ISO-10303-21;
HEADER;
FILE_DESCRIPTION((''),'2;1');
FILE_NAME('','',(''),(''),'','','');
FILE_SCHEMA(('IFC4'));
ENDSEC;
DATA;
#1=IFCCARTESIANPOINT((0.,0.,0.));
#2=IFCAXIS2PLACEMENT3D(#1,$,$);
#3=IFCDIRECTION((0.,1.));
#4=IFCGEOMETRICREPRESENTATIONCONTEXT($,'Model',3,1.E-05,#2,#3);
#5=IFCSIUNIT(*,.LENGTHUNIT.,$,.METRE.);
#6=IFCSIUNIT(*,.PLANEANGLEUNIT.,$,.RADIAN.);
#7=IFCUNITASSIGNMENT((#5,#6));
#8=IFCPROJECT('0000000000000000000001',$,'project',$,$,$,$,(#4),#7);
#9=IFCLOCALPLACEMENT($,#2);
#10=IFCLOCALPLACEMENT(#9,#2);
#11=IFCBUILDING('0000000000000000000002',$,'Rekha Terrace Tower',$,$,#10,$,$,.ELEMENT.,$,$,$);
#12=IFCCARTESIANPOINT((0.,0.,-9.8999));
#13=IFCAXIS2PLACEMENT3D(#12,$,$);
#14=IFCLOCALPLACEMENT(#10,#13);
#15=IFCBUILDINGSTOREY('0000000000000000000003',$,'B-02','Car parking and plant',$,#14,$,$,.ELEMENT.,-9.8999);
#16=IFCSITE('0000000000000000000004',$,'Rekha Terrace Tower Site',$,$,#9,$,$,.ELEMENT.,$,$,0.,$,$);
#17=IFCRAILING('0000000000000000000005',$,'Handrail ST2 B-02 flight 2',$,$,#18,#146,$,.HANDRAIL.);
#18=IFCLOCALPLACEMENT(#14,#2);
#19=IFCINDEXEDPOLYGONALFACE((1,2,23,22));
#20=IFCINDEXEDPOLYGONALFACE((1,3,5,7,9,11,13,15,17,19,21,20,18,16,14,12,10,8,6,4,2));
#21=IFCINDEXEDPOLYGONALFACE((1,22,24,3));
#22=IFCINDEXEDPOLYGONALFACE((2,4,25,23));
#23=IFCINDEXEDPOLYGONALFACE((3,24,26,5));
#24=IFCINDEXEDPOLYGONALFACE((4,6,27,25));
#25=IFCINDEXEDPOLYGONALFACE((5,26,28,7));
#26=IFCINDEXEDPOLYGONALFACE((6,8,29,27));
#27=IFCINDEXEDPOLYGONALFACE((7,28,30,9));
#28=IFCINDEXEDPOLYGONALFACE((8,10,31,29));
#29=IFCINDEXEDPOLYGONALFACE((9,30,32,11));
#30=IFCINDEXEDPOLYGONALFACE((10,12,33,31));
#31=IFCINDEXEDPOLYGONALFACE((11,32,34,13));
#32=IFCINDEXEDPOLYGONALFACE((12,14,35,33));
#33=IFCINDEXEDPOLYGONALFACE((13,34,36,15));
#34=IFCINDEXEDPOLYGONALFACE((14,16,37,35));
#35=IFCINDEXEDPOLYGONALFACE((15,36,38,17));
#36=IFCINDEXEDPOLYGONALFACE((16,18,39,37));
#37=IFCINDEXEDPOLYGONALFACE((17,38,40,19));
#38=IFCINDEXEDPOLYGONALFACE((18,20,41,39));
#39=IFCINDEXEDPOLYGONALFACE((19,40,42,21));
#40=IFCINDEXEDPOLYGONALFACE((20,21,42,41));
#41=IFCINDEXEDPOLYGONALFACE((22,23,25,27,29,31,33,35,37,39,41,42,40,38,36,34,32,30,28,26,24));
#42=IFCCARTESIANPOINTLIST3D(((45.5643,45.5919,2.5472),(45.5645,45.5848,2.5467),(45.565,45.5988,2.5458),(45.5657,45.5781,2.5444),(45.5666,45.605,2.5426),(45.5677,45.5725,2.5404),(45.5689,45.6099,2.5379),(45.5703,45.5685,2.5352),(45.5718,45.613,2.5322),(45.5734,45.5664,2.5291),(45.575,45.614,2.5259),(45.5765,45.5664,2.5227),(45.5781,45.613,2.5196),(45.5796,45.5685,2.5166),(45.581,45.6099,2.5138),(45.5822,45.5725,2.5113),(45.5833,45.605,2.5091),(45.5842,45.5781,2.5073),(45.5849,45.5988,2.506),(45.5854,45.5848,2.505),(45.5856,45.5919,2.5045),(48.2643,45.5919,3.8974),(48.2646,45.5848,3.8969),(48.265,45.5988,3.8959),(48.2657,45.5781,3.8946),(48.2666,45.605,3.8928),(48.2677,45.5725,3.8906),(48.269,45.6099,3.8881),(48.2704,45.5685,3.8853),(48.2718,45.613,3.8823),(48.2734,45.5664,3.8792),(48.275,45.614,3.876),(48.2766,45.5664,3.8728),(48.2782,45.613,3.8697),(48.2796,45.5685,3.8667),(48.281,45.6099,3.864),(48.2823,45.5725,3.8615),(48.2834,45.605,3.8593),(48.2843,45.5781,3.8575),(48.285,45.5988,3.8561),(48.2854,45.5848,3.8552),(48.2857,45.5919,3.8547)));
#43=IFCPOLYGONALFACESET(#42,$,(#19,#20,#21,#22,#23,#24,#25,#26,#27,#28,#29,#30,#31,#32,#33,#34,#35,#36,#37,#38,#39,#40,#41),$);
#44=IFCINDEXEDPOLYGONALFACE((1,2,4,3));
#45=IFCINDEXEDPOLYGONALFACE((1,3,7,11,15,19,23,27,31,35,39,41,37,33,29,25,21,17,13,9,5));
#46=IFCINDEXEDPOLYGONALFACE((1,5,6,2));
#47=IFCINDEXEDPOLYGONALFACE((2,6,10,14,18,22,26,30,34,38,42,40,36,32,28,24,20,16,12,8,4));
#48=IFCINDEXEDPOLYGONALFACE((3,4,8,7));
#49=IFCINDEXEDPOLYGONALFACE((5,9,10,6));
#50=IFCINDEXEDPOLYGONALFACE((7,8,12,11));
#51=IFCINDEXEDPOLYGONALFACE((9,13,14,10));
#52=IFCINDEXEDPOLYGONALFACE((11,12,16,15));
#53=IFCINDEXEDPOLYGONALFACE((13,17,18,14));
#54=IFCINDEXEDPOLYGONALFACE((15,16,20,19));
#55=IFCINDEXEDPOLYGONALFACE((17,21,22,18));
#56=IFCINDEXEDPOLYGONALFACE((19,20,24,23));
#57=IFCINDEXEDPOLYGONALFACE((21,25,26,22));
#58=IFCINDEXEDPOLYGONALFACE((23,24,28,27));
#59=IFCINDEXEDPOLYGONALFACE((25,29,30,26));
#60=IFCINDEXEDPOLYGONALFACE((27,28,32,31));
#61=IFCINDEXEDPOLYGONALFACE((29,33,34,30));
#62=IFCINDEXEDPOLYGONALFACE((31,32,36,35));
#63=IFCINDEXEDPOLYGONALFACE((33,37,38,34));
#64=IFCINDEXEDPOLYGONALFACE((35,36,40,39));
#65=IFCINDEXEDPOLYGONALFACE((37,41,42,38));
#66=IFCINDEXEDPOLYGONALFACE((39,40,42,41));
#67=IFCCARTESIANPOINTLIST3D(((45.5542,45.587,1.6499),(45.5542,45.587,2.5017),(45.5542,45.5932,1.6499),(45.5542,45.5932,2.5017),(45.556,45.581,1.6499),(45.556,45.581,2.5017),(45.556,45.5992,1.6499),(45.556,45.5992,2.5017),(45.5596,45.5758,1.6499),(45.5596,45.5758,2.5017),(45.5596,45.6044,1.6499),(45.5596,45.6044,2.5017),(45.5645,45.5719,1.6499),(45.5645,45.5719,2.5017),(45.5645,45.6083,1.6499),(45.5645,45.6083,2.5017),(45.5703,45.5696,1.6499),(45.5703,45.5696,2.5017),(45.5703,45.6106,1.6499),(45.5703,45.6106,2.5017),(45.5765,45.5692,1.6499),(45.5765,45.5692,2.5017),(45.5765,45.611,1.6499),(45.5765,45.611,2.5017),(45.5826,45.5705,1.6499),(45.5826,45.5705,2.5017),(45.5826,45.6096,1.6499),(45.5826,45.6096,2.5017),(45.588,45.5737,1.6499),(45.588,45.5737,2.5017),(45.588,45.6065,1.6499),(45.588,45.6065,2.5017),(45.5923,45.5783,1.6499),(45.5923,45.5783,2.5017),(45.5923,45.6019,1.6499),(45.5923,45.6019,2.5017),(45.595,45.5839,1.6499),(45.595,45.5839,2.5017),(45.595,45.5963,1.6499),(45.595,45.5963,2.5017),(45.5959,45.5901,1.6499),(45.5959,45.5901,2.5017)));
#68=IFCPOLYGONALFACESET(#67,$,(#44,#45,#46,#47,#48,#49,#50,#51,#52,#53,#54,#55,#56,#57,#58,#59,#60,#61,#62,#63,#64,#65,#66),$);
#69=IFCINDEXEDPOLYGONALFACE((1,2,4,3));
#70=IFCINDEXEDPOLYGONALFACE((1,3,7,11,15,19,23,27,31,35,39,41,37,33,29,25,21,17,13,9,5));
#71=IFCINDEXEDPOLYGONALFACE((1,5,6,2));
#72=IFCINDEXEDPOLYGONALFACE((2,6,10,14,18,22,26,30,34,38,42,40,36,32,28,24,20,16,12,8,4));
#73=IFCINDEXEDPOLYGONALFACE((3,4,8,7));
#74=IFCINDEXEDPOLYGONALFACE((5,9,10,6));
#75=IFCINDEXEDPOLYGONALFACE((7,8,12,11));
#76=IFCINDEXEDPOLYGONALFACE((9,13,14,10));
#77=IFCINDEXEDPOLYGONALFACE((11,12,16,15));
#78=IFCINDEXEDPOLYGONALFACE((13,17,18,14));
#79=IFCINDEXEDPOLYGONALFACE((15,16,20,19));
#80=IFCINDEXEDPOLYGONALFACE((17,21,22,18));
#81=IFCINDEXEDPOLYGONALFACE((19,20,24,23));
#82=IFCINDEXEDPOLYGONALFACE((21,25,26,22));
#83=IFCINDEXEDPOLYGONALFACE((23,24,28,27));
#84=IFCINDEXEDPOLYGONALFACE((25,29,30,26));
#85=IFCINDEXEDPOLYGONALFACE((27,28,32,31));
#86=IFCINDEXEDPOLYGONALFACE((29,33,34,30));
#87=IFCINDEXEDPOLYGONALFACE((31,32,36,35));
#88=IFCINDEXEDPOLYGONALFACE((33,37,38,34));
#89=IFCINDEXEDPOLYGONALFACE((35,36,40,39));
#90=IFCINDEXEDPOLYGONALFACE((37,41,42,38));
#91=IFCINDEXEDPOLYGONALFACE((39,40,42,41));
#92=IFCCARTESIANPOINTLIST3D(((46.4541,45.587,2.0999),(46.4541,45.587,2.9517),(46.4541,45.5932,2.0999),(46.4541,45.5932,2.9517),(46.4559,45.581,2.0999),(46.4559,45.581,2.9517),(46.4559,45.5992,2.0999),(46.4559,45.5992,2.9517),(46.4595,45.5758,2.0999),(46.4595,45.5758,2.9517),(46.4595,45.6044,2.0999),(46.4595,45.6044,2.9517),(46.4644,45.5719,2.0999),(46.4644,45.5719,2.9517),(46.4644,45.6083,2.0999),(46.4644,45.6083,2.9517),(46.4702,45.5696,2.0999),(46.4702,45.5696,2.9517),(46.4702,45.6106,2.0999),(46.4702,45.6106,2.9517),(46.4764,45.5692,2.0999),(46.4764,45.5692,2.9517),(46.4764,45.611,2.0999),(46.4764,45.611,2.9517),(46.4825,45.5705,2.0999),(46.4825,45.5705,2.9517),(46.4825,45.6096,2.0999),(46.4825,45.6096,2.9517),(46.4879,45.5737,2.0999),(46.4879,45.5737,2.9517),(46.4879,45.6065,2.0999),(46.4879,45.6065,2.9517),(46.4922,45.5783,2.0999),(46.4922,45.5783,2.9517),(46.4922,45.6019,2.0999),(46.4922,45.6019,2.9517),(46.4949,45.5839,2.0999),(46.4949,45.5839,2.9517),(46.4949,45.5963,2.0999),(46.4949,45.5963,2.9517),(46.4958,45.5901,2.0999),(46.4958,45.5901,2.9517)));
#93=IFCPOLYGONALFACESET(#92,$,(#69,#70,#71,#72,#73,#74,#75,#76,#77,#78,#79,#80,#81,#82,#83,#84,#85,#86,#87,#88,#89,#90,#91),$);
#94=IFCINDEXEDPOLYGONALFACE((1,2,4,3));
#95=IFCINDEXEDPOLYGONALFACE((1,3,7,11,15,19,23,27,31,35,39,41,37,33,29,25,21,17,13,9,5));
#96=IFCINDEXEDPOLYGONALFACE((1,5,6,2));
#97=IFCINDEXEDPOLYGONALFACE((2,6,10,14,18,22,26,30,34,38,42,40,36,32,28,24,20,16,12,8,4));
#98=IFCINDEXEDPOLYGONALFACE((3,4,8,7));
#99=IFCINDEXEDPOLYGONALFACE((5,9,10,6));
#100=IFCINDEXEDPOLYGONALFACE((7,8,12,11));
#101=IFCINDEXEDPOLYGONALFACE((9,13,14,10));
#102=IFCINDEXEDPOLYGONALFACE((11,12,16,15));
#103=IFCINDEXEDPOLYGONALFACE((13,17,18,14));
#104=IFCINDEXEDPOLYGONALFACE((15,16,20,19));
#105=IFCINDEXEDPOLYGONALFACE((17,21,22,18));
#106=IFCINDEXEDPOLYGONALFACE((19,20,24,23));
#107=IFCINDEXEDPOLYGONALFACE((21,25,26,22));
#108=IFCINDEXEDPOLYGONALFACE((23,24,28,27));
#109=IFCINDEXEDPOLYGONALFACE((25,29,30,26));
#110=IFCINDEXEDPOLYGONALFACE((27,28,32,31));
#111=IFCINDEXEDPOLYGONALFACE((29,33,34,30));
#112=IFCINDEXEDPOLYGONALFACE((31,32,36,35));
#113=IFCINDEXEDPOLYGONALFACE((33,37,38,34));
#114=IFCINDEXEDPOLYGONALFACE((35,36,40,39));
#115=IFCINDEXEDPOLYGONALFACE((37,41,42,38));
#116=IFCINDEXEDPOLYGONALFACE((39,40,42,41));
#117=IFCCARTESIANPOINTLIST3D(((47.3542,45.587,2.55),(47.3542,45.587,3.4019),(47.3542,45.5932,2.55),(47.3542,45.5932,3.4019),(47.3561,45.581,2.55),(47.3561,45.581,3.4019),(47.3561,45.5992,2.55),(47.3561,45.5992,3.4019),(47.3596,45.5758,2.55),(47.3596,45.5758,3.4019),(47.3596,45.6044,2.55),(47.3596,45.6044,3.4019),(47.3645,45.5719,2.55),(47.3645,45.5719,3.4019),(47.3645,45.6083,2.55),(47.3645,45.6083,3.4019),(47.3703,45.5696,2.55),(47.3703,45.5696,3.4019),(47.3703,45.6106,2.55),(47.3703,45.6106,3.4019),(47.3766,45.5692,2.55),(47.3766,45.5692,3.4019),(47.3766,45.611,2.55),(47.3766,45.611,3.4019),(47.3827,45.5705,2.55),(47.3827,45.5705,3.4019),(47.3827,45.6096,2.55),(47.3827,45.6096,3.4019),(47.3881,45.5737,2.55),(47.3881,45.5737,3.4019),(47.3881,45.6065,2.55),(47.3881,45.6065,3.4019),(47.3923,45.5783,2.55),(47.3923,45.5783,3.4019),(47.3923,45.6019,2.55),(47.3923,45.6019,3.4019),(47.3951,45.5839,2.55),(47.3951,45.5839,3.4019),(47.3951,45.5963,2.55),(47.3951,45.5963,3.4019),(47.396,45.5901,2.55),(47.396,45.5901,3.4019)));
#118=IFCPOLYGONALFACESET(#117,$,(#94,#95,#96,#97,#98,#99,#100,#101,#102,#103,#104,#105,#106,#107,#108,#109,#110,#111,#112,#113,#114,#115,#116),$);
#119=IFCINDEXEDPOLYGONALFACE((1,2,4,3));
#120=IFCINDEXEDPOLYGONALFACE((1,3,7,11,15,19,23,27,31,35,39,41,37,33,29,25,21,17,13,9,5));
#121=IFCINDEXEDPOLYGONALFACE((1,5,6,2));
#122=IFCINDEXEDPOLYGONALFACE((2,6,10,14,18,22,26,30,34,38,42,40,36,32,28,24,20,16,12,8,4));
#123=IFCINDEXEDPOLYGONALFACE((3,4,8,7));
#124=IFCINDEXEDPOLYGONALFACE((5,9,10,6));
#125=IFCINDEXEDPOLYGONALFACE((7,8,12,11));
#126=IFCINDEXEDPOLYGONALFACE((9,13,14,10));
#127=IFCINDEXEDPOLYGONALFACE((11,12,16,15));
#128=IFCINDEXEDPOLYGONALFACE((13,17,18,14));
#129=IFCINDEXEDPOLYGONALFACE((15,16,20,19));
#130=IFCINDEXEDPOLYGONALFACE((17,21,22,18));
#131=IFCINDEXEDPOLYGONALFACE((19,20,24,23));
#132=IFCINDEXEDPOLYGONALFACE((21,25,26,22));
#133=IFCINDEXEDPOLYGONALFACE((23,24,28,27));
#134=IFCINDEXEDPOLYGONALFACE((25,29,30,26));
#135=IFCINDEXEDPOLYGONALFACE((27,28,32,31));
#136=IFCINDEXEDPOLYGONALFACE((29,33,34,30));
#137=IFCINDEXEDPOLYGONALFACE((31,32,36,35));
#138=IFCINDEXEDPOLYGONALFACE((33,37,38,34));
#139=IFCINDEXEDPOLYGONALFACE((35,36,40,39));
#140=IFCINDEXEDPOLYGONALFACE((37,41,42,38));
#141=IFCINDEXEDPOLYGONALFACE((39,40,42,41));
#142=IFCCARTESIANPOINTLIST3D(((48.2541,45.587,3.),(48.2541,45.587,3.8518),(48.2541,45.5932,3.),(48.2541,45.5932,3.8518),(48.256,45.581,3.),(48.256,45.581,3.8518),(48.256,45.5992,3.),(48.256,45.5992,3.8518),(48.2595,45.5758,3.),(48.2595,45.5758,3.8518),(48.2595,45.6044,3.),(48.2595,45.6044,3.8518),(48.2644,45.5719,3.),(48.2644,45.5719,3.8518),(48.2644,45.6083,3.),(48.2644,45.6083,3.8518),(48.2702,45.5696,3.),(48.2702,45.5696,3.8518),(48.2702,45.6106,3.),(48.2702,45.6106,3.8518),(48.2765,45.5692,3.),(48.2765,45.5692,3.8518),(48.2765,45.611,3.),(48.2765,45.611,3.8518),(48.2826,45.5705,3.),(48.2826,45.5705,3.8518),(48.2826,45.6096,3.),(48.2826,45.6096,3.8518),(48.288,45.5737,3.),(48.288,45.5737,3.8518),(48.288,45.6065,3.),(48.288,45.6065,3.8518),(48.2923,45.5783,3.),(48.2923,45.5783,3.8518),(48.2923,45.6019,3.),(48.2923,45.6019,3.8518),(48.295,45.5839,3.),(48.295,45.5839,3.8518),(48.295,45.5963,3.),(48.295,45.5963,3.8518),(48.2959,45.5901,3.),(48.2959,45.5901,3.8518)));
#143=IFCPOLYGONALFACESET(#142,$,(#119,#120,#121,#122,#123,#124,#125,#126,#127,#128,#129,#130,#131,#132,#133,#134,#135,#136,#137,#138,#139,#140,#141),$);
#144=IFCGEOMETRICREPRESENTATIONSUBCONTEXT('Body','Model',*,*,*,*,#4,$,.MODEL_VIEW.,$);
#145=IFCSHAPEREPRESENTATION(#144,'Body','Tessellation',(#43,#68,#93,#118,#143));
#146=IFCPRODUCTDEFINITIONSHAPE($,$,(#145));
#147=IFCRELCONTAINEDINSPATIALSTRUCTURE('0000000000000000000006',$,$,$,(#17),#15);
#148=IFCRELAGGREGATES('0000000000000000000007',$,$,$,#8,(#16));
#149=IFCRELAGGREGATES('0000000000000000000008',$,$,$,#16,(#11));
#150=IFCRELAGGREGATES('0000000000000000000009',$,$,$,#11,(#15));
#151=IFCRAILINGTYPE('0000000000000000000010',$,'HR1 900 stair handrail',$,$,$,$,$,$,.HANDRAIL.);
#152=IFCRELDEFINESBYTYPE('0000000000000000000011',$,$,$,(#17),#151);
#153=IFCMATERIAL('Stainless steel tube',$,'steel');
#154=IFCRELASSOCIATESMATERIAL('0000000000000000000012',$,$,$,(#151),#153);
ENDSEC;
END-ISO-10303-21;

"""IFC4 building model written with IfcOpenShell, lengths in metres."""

from ifc_helpers import new_model, si_unit, direction, frame, origin, origin_2d, place, context, subcontext, project, spatial, circle, extrude, material, type_object, element, save


model = new_model("IFC4")

# Units and contexts
model_context = context("Model", 3, precision=1e-05, world=origin(), true_north=direction((0.0, 1.0)))
body_context = subcontext(model_context, "Body", "Model", "MODEL_VIEW")
ifc_project = project(units=[si_unit("LENGTHUNIT", "METRE"), si_unit("PLANEANGLEUNIT", "RADIAN")], contexts=[model_context])

# Site, building, storey
site_placement = place(None, origin())
site = spatial("IfcSite", under=ifc_project, at=site_placement, Name="Rekha Terrace Tower Site", CompositionType="ELEMENT", RefElevation=0.0)
building_placement = place(site_placement, origin())
building = spatial("IfcBuilding", under=site, at=building_placement, Name="Rekha Terrace Tower", CompositionType="ELEMENT")
storey_placement = place(building_placement, frame((0.0, 0.0, -9.8999)))
storey = spatial("IfcBuildingStorey", under=building, at=storey_placement, Name="B-02", Description="Car parking and plant", CompositionType="ELEMENT", Elevation=-9.8999)

# Railing
ifc_material_1 = material(Name="Stainless steel tube", Category="steel")
railing_type_1 = type_object("IfcRailingType", Name="HR1 900 stair handrail", PredefinedType="HANDRAIL", material=ifc_material_1)
railing_1_placement = place(storey_placement, frame((45.575, 45.5901, 1.6499)))
element("IfcRailing", 1, at=railing_1_placement, inside=storey, type_object=railing_type_1, Name="Handrail ST2 B-02 flight 2", PredefinedType="HANDRAIL", context=body_context, shape_type="SweptSolid", body=[
    extrude(circle(Radius=0.0239, at=origin_2d()), frame((0.0, 0.0, 0.876), z_axis=(0.894411, 0.0, 0.447246), x_axis=(0.0, 1.0, 0.0)), (0.0, 0.0, 1.0), 3.0188),
    extrude(circle(Radius=0.021, at=origin_2d()), origin(), (0.0, 0.0, 1.0), 0.8518),
    extrude(circle(Radius=0.021, at=origin_2d()), frame((0.8999, 0.0, 0.45)), (0.0, 0.0, 1.0), 0.8518),
    extrude(circle(Radius=0.021, at=origin_2d()), frame((1.8, 0.0, 0.9001)), (0.0, 0.0, 1.0), 0.8518),
    extrude(circle(Radius=0.021, at=origin_2d()), frame((2.7, 0.0, 1.3501)), (0.0, 0.0, 1.0), 0.8518),
])

save(model, "model.ifc")
